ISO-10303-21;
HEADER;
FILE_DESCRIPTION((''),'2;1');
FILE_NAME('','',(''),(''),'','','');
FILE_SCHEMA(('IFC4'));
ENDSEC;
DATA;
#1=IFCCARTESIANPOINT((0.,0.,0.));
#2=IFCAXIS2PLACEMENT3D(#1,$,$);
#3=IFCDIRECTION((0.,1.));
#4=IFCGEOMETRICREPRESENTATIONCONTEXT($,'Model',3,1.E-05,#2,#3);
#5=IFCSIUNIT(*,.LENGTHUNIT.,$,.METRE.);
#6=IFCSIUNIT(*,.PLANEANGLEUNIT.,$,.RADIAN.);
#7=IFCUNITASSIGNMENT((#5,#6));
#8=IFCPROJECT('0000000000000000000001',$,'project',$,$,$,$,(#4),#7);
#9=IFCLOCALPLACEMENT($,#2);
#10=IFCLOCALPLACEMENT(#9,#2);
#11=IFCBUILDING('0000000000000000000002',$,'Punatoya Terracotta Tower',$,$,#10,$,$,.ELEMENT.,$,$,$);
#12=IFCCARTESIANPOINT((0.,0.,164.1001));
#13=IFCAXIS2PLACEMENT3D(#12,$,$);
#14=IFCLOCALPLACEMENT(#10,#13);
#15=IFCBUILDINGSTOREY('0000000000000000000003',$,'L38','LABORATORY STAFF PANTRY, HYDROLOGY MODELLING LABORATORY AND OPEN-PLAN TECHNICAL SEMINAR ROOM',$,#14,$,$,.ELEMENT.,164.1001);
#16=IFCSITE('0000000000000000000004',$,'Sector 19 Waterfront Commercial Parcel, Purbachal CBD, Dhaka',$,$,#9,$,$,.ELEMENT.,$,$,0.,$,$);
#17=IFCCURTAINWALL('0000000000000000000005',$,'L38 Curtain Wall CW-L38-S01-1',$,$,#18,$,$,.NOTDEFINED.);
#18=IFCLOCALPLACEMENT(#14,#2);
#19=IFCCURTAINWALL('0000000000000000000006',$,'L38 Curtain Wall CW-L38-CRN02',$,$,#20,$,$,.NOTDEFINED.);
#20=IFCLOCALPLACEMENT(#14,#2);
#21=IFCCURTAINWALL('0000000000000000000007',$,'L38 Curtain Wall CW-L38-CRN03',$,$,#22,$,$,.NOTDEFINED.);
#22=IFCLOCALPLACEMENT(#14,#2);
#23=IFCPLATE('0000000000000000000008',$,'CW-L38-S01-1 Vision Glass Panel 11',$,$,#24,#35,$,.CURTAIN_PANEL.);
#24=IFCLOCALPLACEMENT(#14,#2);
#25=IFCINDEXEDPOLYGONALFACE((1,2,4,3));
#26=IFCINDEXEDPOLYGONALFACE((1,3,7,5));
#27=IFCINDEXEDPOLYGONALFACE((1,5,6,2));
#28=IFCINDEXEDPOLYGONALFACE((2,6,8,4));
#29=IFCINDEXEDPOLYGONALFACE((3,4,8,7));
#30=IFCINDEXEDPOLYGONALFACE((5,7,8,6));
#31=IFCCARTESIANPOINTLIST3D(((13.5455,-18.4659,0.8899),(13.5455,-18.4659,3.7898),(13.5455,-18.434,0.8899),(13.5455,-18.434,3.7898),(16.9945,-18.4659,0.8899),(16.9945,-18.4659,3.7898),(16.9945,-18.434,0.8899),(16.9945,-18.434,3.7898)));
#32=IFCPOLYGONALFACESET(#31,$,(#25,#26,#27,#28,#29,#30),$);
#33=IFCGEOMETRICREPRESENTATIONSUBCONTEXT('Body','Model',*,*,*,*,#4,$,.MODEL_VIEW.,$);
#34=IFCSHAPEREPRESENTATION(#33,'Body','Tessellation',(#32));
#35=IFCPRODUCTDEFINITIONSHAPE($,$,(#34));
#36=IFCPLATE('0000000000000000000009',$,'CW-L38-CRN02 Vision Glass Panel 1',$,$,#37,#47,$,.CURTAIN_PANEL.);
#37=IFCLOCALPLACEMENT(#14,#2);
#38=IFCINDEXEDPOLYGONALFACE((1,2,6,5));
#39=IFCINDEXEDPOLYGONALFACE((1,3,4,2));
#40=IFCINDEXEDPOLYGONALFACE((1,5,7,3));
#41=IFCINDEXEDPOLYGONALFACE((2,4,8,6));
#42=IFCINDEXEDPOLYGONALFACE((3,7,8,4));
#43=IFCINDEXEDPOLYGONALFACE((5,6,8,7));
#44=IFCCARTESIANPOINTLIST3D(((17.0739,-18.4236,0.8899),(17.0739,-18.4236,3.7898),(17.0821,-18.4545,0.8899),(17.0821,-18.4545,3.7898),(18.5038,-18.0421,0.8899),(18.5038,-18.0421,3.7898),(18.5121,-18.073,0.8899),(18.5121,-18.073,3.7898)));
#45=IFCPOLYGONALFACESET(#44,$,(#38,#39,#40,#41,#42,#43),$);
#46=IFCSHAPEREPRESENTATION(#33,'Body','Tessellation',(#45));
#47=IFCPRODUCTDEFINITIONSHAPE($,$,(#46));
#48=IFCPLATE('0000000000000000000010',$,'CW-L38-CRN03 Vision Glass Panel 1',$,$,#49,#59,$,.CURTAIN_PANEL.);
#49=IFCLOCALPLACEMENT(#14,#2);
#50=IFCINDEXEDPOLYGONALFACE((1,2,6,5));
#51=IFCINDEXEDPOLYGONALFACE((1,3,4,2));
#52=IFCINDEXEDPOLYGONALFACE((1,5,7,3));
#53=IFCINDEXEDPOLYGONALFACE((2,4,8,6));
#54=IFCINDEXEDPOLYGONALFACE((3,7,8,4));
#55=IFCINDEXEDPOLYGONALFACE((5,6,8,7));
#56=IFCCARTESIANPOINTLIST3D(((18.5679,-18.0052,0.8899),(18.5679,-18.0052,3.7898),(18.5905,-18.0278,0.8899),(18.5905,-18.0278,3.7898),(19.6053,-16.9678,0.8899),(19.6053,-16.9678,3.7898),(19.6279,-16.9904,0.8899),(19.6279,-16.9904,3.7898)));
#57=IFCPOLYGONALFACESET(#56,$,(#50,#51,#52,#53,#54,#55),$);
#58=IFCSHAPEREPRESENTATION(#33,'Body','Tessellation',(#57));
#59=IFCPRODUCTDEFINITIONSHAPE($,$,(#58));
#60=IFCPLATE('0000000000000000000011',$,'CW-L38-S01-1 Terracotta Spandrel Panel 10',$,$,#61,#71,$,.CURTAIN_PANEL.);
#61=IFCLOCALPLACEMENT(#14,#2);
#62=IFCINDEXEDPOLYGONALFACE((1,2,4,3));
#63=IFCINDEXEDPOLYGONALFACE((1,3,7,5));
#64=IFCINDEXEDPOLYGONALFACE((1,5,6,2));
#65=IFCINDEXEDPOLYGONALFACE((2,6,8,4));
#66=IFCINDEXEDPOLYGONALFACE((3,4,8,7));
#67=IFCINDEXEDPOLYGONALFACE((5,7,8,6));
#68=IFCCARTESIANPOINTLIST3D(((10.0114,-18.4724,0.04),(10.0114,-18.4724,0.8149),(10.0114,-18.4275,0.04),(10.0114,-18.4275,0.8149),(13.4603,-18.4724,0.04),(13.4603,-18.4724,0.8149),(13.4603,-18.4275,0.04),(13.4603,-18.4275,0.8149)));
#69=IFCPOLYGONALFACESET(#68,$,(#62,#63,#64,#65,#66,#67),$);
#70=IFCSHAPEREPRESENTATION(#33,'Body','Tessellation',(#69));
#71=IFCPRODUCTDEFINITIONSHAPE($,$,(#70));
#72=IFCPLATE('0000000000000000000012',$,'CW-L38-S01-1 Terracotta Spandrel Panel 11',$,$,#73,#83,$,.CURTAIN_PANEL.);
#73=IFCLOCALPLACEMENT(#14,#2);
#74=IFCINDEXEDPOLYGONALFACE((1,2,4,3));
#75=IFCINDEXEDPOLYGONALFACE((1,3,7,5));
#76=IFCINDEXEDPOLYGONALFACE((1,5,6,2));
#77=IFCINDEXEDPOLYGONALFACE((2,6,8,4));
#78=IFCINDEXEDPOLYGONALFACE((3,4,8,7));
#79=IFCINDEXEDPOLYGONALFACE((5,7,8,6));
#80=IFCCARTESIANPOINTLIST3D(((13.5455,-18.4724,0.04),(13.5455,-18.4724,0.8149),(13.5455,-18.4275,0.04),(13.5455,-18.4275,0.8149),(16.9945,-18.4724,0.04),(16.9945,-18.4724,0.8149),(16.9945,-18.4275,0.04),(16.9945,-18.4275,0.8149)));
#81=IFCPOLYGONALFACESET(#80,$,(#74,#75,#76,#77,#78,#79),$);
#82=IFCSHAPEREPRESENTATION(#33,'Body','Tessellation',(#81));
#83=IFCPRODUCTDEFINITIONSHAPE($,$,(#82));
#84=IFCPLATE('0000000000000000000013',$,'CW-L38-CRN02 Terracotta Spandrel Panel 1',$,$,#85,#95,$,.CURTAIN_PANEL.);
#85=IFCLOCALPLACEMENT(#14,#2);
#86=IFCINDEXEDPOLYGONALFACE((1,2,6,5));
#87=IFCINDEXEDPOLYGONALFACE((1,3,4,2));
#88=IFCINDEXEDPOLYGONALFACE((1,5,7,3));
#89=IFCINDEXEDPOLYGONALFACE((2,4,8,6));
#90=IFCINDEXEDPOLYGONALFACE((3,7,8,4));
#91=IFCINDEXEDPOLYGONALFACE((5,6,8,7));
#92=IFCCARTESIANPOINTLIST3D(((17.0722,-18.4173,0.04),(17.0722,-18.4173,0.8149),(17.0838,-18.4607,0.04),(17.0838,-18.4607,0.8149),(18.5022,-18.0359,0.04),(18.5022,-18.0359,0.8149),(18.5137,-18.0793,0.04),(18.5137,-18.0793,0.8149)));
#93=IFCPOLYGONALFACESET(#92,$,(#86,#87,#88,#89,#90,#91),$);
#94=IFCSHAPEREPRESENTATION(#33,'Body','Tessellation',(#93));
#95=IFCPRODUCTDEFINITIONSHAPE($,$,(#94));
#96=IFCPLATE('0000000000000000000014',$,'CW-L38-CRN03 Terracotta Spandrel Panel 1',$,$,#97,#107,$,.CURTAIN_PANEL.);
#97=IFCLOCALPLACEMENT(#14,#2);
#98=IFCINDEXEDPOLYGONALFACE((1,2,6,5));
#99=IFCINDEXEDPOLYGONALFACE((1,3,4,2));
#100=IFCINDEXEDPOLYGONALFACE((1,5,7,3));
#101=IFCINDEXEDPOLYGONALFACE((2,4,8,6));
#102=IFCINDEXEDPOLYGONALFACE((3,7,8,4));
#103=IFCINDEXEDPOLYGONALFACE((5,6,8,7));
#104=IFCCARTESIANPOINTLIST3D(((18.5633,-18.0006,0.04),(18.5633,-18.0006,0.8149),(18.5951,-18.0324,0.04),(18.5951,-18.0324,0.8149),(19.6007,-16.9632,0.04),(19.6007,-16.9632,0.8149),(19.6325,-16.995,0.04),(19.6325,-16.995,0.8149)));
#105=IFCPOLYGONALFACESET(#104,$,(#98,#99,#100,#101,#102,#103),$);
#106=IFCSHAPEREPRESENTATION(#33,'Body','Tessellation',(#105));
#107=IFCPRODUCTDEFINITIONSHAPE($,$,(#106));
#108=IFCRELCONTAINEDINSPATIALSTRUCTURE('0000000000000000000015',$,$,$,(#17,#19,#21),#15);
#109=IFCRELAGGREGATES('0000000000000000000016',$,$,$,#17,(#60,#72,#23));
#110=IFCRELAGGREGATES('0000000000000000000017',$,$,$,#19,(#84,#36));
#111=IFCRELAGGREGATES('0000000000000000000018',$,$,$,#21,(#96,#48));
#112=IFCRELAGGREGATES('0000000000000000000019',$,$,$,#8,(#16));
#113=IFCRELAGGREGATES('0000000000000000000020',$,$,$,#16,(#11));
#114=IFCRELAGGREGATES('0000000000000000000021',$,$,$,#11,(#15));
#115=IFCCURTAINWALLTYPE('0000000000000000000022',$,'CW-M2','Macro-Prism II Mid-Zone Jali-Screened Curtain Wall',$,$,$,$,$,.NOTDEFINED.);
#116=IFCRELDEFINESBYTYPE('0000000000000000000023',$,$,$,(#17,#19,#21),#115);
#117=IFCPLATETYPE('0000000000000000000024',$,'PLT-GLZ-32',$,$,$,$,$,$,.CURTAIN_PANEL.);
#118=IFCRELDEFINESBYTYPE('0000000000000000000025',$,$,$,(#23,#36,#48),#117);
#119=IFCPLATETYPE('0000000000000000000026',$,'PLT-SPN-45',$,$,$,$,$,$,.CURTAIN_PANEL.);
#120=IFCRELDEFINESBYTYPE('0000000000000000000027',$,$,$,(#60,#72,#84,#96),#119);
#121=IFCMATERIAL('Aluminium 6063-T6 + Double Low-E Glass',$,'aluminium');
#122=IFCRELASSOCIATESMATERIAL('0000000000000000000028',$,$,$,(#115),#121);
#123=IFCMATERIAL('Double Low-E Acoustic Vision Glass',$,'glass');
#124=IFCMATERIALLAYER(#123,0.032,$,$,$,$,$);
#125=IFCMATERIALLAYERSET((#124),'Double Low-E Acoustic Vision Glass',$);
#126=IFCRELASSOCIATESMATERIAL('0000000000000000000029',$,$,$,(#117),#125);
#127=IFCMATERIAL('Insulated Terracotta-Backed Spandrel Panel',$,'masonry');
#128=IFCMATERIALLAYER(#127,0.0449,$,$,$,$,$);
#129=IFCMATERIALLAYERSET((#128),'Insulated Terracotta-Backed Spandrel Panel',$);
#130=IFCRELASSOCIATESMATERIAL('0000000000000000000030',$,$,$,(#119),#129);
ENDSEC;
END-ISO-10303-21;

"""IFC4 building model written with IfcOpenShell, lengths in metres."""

from ifc_helpers import new_model, si_unit, direction, frame, origin, origin_2d, place, context, subcontext, project, spatial, rectangle, extrude, material, layer, layer_set, type_object, element, aggregate, save


model = new_model("IFC4")

# Units and contexts
model_context = context("Model", 3, precision=1e-05, world=origin(), true_north=direction((0.0, 1.0)))
body_context = subcontext(model_context, "Body", "Model", "MODEL_VIEW")
ifc_project = project(units=[si_unit("LENGTHUNIT", "METRE"), si_unit("PLANEANGLEUNIT", "RADIAN")], contexts=[model_context])

# Site, building, storey
site_placement = place(None, origin())
site = spatial("IfcSite", under=ifc_project, at=site_placement, Name="Sector 19 Waterfront Commercial Parcel, Purbachal CBD, Dhaka", CompositionType="ELEMENT", RefElevation=0.0)
building_placement = place(site_placement, origin())
building = spatial("IfcBuilding", under=site, at=building_placement, Name="Punatoya Terracotta Tower", CompositionType="ELEMENT")
storey_placement = place(building_placement, frame((0.0, 0.0, 164.1001)))
storey = spatial("IfcBuildingStorey", under=building, at=storey_placement, Name="L38", Description="LABORATORY STAFF PANTRY, HYDROLOGY MODELLING LABORATORY AND OPEN-PLAN TECHNICAL SEMINAR ROOM", CompositionType="ELEMENT", Elevation=164.1001)

# Curtain walls
ifc_material_1 = material(Name="Aluminium 6063-T6 + Double Low-E Glass", Category="aluminium")
curtain_wall_type = type_object("IfcCurtainWallType", Name="CW-M2", Description="Macro-Prism II Mid-Zone Jali-Screened Curtain Wall", PredefinedType="NOTDEFINED", material=ifc_material_1)
curtain_wall_1_placement = place(storey_placement, origin())
curtain_wall_1 = element("IfcCurtainWall", 1, at=curtain_wall_1_placement, inside=storey, type_object=curtain_wall_type, Name="L38 Curtain Wall CW-L38-S01-1", PredefinedType="NOTDEFINED")
curtain_wall_2_placement = place(storey_placement, origin())
curtain_wall_2 = element("IfcCurtainWall", 2, at=curtain_wall_2_placement, inside=storey, type_object=curtain_wall_type, Name="L38 Curtain Wall CW-L38-CRN02", PredefinedType="NOTDEFINED")
curtain_wall_3_placement = place(storey_placement, origin())
curtain_wall_3 = element("IfcCurtainWall", 3, at=curtain_wall_3_placement, inside=storey, type_object=curtain_wall_type, Name="L38 Curtain Wall CW-L38-CRN03", PredefinedType="NOTDEFINED")

# Plates
ifc_material_2 = material(Name="Double Low-E Acoustic Vision Glass", Category="glass")
ifc_layer_1 = layer(ifc_material_2, 0.032)
ifc_layer_set_1 = layer_set([ifc_layer_1], Name="Double Low-E Acoustic Vision Glass")
plate_type_1 = type_object("IfcPlateType", Name="PLT-GLZ-32", PredefinedType="CURTAIN_PANEL", material=ifc_layer_set_1)
plate_1_placement = place(storey_placement, frame((15.27, -18.45, 0.8899), z_axis=(0.0, 0.0, 1.0), x_axis=(1.0, 0.0, 0.0)))
plate_1 = element("IfcPlate", 4, at=plate_1_placement, type_object=plate_type_1, Name="CW-L38-S01-1 Vision Glass Panel 11", PredefinedType="CURTAIN_PANEL", context=body_context, shape_type="SweptSolid", body=[
    extrude(rectangle(XDim=3.449, YDim=0.032, at=origin_2d()), origin(), (0.0, 0.0, 1.0), 2.8999),
])
plate_2_placement = place(storey_placement, frame((17.793, -18.2483, 0.8899), z_axis=(0.0, 0.0, 1.0), x_axis=(0.966214, 0.257742, 0.0)))
plate_2 = element("IfcPlate", 5, at=plate_2_placement, type_object=plate_type_1, Name="CW-L38-CRN02 Vision Glass Panel 1", PredefinedType="CURTAIN_PANEL", context=body_context, shape_type="SweptSolid", body=[
    extrude(rectangle(XDim=1.48, YDim=0.032, at=origin_2d()), origin(), (0.0, 0.0, 1.0), 2.8999),
])
plate_3_placement = place(storey_placement, frame((19.0979, -17.4978, 0.8899), z_axis=(0.0, 0.0, 1.0), x_axis=(0.707107, 0.707107, 0.0)))
plate_3 = element("IfcPlate", 6, at=plate_3_placement, type_object=plate_type_1, Name="CW-L38-CRN03 Vision Glass Panel 1", PredefinedType="CURTAIN_PANEL", context=body_context, shape_type="SweptSolid", body=[
    extrude(rectangle(XDim=1.467, YDim=0.032, at=origin_2d()), origin(), (0.0, 0.0, 1.0), 2.8999),
])
ifc_material_3 = material(Name="Insulated Terracotta-Backed Spandrel Panel", Category="masonry")
ifc_layer_2 = layer(ifc_material_3, 0.0449)
ifc_layer_set_2 = layer_set([ifc_layer_2], Name="Insulated Terracotta-Backed Spandrel Panel")
plate_type_2 = type_object("IfcPlateType", Name="PLT-SPN-45", PredefinedType="CURTAIN_PANEL", material=ifc_layer_set_2)
plate_4_placement = place(storey_placement, frame((11.7358, -18.45, 0.04), z_axis=(0.0, 0.0, 1.0), x_axis=(1.0, 0.0, 0.0)))
plate_4 = element("IfcPlate", 7, at=plate_4_placement, type_object=plate_type_2, Name="CW-L38-S01-1 Terracotta Spandrel Panel 10", PredefinedType="CURTAIN_PANEL", context=body_context, shape_type="SweptSolid", body=[
    extrude(rectangle(XDim=3.449, YDim=0.0449, at=origin_2d()), origin(), (0.0, 0.0, 1.0), 0.7749),
])
plate_5_placement = place(storey_placement, frame((15.27, -18.45, 0.04), z_axis=(0.0, 0.0, 1.0), x_axis=(1.0, 0.0, 0.0)))
plate_5 = element("IfcPlate", 8, at=plate_5_placement, type_object=plate_type_2, Name="CW-L38-S01-1 Terracotta Spandrel Panel 11", PredefinedType="CURTAIN_PANEL", context=body_context, shape_type="SweptSolid", body=[
    extrude(rectangle(XDim=3.449, YDim=0.0449, at=origin_2d()), origin(), (0.0, 0.0, 1.0), 0.7749),
])
aggregate(curtain_wall_1, [plate_4, plate_5, plate_1])
plate_6_placement = place(storey_placement, frame((17.793, -18.2483, 0.04), z_axis=(0.0, 0.0, 1.0), x_axis=(0.966214, 0.257742, 0.0)))
plate_6 = element("IfcPlate", 9, at=plate_6_placement, type_object=plate_type_2, Name="CW-L38-CRN02 Terracotta Spandrel Panel 1", PredefinedType="CURTAIN_PANEL", context=body_context, shape_type="SweptSolid", body=[
    extrude(rectangle(XDim=1.48, YDim=0.0449, at=origin_2d()), origin(), (0.0, 0.0, 1.0), 0.7749),
])
aggregate(curtain_wall_2, [plate_6, plate_2])
plate_7_placement = place(storey_placement, frame((19.0979, -17.4978, 0.04), z_axis=(0.0, 0.0, 1.0), x_axis=(0.707107, 0.707107, 0.0)))
plate_7 = element("IfcPlate", 10, at=plate_7_placement, type_object=plate_type_2, Name="CW-L38-CRN03 Terracotta Spandrel Panel 1", PredefinedType="CURTAIN_PANEL", context=body_context, shape_type="SweptSolid", body=[
    extrude(rectangle(XDim=1.467, YDim=0.0449, at=origin_2d()), origin(), (0.0, 0.0, 1.0), 0.7749),
])
aggregate(curtain_wall_3, [plate_7, plate_3])

save(model, "model.ifc")
